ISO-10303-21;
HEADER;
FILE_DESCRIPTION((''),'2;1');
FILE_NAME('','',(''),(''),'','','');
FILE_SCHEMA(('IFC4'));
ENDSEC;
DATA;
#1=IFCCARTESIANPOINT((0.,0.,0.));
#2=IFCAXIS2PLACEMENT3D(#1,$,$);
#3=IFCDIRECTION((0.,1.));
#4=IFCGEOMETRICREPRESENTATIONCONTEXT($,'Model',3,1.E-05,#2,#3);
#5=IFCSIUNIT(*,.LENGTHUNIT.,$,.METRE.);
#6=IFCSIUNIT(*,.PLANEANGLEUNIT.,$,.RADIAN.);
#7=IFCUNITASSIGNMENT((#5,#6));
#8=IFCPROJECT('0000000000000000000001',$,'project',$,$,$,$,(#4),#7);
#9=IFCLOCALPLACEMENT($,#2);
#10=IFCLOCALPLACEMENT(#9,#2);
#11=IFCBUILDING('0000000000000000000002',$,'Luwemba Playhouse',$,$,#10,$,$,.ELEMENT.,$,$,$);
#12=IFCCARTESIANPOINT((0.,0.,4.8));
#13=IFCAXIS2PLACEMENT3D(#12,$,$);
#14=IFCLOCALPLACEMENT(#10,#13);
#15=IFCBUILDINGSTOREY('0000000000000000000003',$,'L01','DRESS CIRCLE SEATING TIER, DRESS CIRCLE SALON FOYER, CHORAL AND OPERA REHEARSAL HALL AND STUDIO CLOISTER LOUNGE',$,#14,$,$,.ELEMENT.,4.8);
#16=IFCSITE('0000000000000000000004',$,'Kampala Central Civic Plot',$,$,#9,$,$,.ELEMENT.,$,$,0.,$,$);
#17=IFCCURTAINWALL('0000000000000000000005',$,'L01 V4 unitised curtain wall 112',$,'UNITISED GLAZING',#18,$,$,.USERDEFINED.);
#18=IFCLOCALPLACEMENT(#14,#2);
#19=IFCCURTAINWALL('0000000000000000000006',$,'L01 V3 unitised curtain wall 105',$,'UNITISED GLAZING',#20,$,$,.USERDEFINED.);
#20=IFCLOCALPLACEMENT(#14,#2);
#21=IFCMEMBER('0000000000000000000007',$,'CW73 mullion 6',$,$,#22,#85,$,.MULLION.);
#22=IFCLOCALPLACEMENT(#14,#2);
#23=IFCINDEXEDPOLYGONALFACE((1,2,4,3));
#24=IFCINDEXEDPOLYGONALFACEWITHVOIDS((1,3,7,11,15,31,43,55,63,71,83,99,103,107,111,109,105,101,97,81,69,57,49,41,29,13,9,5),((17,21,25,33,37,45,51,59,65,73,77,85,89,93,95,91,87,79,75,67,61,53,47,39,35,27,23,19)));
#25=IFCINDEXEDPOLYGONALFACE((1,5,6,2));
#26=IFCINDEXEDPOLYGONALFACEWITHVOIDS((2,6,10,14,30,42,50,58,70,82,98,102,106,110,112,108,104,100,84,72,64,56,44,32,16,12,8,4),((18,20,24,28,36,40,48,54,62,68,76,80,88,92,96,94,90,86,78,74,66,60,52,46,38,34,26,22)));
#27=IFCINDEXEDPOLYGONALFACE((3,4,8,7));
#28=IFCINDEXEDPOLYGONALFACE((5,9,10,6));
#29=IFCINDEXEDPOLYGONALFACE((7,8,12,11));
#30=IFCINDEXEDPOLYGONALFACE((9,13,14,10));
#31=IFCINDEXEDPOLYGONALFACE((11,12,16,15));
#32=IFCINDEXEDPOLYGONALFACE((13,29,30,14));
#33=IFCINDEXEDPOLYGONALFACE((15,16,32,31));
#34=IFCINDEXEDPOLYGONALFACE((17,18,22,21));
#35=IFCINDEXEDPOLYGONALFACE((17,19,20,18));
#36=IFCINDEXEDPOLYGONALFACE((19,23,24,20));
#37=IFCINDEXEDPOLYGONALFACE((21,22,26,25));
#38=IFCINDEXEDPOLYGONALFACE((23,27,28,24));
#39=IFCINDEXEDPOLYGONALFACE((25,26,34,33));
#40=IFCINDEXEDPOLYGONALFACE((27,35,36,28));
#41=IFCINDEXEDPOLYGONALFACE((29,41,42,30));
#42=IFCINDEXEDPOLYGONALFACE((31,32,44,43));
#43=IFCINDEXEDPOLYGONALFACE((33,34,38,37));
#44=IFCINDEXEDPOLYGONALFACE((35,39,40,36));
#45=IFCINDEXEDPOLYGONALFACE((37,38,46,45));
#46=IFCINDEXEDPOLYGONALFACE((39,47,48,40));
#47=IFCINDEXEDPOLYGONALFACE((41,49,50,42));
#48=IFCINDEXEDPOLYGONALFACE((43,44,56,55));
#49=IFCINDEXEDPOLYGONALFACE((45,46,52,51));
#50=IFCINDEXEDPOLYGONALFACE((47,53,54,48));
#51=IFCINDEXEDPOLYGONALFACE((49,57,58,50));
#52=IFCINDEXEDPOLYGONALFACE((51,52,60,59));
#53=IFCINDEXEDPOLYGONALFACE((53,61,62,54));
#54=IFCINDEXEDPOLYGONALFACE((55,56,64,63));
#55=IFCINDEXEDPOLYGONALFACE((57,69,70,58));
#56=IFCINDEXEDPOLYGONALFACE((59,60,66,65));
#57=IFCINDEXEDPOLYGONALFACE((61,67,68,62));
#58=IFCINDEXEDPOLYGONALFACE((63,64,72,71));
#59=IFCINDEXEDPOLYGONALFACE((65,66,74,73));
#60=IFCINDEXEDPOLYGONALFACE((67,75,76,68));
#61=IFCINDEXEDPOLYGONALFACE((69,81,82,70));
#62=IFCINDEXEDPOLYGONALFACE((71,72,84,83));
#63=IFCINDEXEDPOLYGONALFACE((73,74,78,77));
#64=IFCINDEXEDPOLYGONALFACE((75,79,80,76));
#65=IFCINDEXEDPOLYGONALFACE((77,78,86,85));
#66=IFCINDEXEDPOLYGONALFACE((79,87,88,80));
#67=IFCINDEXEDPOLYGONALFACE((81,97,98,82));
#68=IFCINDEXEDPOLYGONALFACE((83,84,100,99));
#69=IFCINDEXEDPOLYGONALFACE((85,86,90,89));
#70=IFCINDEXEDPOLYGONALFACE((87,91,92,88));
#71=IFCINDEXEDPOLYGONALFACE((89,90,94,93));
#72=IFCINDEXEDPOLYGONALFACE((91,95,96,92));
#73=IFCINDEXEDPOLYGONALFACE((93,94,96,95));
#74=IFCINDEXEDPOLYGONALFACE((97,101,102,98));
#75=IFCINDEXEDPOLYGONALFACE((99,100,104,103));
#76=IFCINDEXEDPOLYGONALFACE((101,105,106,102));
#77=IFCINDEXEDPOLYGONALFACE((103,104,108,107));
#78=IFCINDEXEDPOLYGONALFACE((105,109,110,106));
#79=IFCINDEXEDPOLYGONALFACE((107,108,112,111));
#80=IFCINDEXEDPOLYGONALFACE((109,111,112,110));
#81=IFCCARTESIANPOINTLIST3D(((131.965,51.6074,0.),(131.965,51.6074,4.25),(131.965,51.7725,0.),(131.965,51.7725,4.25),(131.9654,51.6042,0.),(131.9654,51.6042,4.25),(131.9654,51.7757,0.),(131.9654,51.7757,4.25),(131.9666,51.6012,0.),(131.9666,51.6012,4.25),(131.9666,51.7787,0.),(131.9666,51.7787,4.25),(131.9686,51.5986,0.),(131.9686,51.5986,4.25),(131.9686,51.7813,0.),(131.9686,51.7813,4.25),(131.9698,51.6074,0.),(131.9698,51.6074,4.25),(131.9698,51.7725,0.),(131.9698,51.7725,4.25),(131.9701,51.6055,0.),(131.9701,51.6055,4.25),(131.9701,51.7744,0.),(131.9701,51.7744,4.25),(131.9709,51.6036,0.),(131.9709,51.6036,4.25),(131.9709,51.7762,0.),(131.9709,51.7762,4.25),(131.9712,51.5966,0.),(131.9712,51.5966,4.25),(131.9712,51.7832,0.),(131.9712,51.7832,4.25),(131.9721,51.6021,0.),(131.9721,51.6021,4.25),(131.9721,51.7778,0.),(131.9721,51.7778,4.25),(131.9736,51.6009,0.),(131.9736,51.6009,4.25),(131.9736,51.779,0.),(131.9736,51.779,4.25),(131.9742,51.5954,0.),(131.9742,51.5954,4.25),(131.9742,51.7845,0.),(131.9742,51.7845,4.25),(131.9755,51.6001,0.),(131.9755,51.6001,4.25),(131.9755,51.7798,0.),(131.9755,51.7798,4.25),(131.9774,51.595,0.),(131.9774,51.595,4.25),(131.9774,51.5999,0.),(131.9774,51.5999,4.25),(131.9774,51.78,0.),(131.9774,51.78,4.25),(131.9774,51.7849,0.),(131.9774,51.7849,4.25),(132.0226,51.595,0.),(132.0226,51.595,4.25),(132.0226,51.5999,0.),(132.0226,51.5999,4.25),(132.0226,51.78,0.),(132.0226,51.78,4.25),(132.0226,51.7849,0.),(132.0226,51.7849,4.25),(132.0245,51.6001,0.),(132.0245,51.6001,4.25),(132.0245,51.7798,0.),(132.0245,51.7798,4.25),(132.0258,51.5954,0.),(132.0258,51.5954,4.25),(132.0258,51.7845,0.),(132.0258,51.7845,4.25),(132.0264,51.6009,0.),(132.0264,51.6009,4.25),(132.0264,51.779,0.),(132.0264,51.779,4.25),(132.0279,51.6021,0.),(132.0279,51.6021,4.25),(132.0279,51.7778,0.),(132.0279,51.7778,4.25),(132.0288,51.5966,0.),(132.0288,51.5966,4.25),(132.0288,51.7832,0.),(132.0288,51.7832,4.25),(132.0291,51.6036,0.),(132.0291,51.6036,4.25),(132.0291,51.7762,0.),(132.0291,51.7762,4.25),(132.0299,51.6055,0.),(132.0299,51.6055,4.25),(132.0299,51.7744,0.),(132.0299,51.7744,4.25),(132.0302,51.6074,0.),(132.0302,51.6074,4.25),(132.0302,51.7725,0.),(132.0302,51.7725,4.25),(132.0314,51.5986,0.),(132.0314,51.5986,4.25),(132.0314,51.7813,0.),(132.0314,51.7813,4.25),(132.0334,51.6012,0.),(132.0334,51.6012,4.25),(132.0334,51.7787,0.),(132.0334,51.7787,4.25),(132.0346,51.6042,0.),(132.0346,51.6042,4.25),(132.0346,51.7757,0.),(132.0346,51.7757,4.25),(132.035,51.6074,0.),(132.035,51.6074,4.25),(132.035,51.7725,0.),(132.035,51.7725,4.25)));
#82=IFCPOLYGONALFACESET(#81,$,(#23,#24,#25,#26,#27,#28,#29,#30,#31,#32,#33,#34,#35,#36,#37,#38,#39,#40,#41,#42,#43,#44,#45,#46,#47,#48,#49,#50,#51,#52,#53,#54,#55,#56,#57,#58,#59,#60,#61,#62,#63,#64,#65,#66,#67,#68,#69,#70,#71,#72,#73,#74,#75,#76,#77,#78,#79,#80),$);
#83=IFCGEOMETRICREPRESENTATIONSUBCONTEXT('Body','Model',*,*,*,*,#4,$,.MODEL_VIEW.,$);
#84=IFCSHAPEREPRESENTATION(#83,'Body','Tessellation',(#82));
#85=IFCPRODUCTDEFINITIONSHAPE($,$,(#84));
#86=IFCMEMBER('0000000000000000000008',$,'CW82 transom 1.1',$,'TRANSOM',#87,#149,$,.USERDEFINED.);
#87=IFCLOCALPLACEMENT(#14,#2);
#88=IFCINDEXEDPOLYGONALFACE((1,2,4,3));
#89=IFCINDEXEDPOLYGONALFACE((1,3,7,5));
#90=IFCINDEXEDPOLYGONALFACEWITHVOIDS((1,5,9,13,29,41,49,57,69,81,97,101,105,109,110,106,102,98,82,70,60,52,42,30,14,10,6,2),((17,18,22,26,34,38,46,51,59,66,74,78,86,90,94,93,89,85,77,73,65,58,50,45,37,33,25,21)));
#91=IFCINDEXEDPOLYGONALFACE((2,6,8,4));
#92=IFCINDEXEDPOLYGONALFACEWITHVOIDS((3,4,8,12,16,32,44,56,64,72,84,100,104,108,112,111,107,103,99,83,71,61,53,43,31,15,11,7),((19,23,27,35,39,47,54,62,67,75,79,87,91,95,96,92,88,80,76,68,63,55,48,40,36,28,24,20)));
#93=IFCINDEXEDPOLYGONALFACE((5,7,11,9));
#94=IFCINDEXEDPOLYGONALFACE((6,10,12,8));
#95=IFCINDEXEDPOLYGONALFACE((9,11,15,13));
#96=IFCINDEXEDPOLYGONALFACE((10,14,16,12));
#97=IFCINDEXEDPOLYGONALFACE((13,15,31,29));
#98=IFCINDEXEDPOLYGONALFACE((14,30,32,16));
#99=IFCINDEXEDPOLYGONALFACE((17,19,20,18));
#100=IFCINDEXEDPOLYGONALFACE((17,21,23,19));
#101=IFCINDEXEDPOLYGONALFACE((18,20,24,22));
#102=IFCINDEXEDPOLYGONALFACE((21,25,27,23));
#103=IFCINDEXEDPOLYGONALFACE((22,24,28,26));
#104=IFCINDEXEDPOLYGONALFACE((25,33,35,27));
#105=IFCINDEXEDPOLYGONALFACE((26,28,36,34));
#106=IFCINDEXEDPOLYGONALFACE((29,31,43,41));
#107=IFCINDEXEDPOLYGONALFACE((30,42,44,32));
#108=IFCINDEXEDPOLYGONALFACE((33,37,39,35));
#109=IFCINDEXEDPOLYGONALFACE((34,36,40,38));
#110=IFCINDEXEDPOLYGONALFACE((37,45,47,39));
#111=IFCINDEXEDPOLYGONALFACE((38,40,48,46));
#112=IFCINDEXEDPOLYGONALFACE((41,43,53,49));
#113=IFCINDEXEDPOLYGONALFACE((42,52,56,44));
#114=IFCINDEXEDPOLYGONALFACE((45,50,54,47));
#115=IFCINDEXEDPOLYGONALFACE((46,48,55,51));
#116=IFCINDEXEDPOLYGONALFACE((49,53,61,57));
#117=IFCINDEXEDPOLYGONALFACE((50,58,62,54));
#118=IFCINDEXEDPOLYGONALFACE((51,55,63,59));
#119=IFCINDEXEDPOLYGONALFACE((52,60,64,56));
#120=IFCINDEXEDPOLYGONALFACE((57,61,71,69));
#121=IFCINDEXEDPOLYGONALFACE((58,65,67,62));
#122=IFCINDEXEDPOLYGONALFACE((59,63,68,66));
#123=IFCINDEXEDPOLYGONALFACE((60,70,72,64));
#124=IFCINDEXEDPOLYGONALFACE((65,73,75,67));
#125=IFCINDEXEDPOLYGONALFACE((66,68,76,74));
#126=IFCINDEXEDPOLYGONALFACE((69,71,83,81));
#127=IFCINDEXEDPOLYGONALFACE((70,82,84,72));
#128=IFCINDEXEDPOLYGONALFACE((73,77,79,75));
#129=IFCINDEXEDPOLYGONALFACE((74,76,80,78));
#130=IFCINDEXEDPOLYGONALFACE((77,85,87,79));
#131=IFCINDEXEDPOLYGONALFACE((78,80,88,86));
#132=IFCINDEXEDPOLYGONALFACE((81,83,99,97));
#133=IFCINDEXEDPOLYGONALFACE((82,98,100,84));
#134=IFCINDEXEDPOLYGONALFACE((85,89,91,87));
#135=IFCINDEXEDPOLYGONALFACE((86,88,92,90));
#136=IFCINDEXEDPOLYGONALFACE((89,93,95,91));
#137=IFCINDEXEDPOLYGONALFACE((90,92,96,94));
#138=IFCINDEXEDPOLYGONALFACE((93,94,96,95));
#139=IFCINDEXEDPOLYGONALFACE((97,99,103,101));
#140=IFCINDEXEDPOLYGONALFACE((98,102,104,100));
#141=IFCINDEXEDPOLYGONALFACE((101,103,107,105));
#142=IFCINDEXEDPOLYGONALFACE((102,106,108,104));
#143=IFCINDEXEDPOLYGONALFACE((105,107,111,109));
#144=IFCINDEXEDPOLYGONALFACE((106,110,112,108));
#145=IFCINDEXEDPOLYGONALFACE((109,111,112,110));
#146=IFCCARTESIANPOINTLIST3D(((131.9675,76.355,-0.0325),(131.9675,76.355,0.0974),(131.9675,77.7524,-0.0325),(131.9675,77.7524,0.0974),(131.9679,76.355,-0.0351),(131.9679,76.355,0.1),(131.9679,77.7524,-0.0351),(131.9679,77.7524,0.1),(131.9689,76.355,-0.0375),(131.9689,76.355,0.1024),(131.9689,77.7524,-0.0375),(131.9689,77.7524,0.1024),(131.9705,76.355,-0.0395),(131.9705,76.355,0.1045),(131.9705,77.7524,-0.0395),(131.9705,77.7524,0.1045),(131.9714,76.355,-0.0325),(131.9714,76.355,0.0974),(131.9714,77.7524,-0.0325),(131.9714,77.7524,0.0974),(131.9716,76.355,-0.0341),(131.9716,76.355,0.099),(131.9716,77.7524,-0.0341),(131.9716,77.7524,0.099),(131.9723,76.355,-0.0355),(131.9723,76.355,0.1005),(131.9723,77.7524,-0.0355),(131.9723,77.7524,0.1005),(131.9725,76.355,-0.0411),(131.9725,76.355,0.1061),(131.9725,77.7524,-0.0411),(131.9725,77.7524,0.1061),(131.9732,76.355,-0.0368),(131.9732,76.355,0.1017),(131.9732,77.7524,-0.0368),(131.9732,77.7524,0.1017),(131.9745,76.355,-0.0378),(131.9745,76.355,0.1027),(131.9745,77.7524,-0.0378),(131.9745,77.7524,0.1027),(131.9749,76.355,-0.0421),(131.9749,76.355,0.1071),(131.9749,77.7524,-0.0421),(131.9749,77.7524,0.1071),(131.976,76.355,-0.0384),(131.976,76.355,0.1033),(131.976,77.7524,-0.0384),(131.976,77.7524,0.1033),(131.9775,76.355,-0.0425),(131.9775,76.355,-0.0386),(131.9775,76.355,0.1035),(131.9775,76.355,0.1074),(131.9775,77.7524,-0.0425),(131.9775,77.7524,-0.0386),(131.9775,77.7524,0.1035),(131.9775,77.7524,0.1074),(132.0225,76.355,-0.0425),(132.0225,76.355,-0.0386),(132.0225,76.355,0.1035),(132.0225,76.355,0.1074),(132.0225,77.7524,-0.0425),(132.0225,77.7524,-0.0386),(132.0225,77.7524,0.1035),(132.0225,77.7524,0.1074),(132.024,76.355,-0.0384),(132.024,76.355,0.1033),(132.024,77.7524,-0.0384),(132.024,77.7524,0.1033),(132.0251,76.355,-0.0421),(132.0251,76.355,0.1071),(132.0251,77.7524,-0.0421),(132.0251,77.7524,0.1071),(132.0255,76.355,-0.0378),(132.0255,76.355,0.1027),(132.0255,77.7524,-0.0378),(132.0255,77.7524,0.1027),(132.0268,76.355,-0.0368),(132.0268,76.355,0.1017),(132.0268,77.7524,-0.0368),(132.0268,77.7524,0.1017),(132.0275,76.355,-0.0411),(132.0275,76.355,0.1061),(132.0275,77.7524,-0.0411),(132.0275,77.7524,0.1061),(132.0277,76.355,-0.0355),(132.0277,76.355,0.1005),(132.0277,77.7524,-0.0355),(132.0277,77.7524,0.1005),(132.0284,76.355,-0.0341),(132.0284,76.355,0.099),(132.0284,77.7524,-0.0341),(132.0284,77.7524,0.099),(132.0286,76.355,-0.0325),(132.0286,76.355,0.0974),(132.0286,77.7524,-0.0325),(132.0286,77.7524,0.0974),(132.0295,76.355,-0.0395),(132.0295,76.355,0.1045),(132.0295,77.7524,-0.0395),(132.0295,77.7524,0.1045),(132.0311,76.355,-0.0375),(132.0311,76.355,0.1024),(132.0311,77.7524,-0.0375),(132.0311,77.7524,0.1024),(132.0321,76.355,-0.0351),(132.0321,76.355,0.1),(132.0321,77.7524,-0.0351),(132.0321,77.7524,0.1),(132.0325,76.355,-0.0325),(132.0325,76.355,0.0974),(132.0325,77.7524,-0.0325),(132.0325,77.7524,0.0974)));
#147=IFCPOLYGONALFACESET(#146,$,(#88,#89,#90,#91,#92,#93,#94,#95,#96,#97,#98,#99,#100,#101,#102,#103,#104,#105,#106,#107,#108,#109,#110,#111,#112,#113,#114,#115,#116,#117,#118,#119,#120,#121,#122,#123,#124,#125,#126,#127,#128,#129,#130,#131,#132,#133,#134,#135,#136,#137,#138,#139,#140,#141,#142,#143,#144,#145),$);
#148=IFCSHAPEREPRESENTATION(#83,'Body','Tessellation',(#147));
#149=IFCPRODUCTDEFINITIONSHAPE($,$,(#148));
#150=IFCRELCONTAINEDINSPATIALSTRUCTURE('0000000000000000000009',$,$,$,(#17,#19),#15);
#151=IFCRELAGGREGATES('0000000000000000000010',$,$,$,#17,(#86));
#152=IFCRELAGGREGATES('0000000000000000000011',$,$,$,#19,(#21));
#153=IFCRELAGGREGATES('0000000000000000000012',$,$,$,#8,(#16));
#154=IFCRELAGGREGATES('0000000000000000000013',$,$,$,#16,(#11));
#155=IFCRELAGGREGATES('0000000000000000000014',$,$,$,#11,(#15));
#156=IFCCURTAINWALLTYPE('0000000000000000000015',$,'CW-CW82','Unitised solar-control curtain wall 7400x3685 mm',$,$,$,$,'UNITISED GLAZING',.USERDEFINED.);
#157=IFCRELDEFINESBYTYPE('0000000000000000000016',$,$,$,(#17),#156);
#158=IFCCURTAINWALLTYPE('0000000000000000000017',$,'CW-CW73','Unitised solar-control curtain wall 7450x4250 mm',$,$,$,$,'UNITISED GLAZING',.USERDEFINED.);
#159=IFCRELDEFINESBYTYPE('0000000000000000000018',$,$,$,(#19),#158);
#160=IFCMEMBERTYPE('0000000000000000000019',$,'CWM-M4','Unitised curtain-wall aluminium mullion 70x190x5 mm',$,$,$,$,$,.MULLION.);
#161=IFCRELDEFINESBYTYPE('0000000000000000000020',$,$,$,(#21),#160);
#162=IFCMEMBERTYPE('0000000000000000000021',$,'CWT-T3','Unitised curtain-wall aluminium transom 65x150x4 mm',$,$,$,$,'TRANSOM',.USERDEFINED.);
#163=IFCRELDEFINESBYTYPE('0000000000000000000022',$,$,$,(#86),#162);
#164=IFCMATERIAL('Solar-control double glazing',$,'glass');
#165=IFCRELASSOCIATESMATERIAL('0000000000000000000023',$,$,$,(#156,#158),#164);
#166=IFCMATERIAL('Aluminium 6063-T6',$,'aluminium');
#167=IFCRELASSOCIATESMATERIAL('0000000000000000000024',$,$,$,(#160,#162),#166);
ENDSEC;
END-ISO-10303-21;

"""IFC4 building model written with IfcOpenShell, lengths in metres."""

from ifc_helpers import new_model, si_unit, direction, frame, origin, origin_2d, place, context, subcontext, project, spatial, hollow_rectangle, extrude, material, material_profile, profile_set, type_object, element, aggregate, save


model = new_model("IFC4")

# Units and contexts
model_context = context("Model", 3, precision=1e-05, world=origin(), true_north=direction((0.0, 1.0)))
body_context = subcontext(model_context, "Body", "Model", "MODEL_VIEW")
ifc_project = project(units=[si_unit("LENGTHUNIT", "METRE"), si_unit("PLANEANGLEUNIT", "RADIAN")], contexts=[model_context])

# Site, building, storey
site_placement = place(None, origin())
site = spatial("IfcSite", under=ifc_project, at=site_placement, Name="Kampala Central Civic Plot", CompositionType="ELEMENT", RefElevation=0.0)
building_placement = place(site_placement, origin())
building = spatial("IfcBuilding", under=site, at=building_placement, Name="Luwemba Playhouse", CompositionType="ELEMENT")
storey_placement = place(building_placement, frame((0.0, 0.0, 4.8)))
storey = spatial("IfcBuildingStorey", under=building, at=storey_placement, Name="L01", Description="DRESS CIRCLE SEATING TIER, DRESS CIRCLE SALON FOYER, CHORAL AND OPERA REHEARSAL HALL AND STUDIO CLOISTER LOUNGE", CompositionType="ELEMENT", Elevation=4.8)

# Curtain wall
ifc_material_1 = material(Name="Solar-control double glazing", Category="glass")
curtain_wall_type_1 = type_object("IfcCurtainWallType", Name="CW-CW82", Description="Unitised solar-control curtain wall 7400x3685 mm", ElementType="UNITISED GLAZING", PredefinedType="USERDEFINED", material=ifc_material_1)
curtain_wall_1_placement = place(storey_placement, origin())
curtain_wall_1 = element("IfcCurtainWall", 1, at=curtain_wall_1_placement, inside=storey, type_object=curtain_wall_type_1, Name="L01 V4 unitised curtain wall 112", ObjectType="UNITISED GLAZING", PredefinedType="USERDEFINED")
ifc_material_2 = material(Name="Aluminium 6063-T6", Category="aluminium")

# Curtain wall, member
curtain_wall_type_2 = type_object("IfcCurtainWallType", Name="CW-CW73", Description="Unitised solar-control curtain wall 7450x4250 mm", ElementType="UNITISED GLAZING", PredefinedType="USERDEFINED", material=ifc_material_1)
curtain_wall_2_placement = place(storey_placement, origin())
curtain_wall_2 = element("IfcCurtainWall", 2, at=curtain_wall_2_placement, inside=storey, type_object=curtain_wall_type_2, Name="L01 V3 unitised curtain wall 105", ObjectType="UNITISED GLAZING", PredefinedType="USERDEFINED")
ifc_material_profile_1 = material_profile(ifc_material_2, hollow_rectangle(XDim=0.0701, YDim=0.1899, WallThickness=0.0049, InnerFilletRadius=0.0076, OuterFilletRadius=0.0125, at=origin_2d()))
ifc_profile_set_1 = profile_set([ifc_material_profile_1], Name="Aluminium 6063-T6")
member_type_1 = type_object("IfcMemberType", Name="CWM-M4", Description="Unitised curtain-wall aluminium mullion 70x190x5 mm", PredefinedType="MULLION", material=ifc_profile_set_1)
member_1_placement = place(storey_placement, frame((132.0, 51.6899, 0.0), z_axis=(0.0, 0.0, 1.0), x_axis=(-1.0, 0.0, 0.0)))
member_1 = element("IfcMember", 3, at=member_1_placement, type_object=member_type_1, Name="CW73 mullion 6", PredefinedType="MULLION", context=body_context, shape_type="SweptSolid", body=[
    extrude(hollow_rectangle(XDim=0.0701, YDim=0.1899, WallThickness=0.0049, InnerFilletRadius=0.0076, OuterFilletRadius=0.0125, at=origin_2d()), origin(), (0.0, 0.0, 1.0), 4.25),
])

# Member
ifc_material_profile_2 = material_profile(ifc_material_2, hollow_rectangle(XDim=0.0649, YDim=0.1499, WallThickness=0.0039, InnerFilletRadius=0.0061, OuterFilletRadius=0.01, at=origin_2d()))
ifc_profile_set_2 = profile_set([ifc_material_profile_2], Name="Aluminium 6063-T6")
member_type_2 = type_object("IfcMemberType", Name="CWT-T3", Description="Unitised curtain-wall aluminium transom 65x150x4 mm", ElementType="TRANSOM", PredefinedType="USERDEFINED", material=ifc_profile_set_2)
member_2_placement = place(storey_placement, frame((132.0, 76.355, 0.0325), z_axis=(0.0, 1.0, 0.0), x_axis=(-1.0, 0.0, 0.0)))
member_2 = element("IfcMember", 4, at=member_2_placement, type_object=member_type_2, Name="CW82 transom 1.1", ObjectType="TRANSOM", PredefinedType="USERDEFINED", context=body_context, shape_type="SweptSolid", body=[
    extrude(hollow_rectangle(XDim=0.0649, YDim=0.1499, WallThickness=0.0039, InnerFilletRadius=0.0061, OuterFilletRadius=0.01, at=origin_2d()), origin(), (0.0, 0.0, 1.0), 1.3975),
])

aggregate(curtain_wall_1, [member_2])
aggregate(curtain_wall_2, [member_1])

save(model, "model.ifc")
